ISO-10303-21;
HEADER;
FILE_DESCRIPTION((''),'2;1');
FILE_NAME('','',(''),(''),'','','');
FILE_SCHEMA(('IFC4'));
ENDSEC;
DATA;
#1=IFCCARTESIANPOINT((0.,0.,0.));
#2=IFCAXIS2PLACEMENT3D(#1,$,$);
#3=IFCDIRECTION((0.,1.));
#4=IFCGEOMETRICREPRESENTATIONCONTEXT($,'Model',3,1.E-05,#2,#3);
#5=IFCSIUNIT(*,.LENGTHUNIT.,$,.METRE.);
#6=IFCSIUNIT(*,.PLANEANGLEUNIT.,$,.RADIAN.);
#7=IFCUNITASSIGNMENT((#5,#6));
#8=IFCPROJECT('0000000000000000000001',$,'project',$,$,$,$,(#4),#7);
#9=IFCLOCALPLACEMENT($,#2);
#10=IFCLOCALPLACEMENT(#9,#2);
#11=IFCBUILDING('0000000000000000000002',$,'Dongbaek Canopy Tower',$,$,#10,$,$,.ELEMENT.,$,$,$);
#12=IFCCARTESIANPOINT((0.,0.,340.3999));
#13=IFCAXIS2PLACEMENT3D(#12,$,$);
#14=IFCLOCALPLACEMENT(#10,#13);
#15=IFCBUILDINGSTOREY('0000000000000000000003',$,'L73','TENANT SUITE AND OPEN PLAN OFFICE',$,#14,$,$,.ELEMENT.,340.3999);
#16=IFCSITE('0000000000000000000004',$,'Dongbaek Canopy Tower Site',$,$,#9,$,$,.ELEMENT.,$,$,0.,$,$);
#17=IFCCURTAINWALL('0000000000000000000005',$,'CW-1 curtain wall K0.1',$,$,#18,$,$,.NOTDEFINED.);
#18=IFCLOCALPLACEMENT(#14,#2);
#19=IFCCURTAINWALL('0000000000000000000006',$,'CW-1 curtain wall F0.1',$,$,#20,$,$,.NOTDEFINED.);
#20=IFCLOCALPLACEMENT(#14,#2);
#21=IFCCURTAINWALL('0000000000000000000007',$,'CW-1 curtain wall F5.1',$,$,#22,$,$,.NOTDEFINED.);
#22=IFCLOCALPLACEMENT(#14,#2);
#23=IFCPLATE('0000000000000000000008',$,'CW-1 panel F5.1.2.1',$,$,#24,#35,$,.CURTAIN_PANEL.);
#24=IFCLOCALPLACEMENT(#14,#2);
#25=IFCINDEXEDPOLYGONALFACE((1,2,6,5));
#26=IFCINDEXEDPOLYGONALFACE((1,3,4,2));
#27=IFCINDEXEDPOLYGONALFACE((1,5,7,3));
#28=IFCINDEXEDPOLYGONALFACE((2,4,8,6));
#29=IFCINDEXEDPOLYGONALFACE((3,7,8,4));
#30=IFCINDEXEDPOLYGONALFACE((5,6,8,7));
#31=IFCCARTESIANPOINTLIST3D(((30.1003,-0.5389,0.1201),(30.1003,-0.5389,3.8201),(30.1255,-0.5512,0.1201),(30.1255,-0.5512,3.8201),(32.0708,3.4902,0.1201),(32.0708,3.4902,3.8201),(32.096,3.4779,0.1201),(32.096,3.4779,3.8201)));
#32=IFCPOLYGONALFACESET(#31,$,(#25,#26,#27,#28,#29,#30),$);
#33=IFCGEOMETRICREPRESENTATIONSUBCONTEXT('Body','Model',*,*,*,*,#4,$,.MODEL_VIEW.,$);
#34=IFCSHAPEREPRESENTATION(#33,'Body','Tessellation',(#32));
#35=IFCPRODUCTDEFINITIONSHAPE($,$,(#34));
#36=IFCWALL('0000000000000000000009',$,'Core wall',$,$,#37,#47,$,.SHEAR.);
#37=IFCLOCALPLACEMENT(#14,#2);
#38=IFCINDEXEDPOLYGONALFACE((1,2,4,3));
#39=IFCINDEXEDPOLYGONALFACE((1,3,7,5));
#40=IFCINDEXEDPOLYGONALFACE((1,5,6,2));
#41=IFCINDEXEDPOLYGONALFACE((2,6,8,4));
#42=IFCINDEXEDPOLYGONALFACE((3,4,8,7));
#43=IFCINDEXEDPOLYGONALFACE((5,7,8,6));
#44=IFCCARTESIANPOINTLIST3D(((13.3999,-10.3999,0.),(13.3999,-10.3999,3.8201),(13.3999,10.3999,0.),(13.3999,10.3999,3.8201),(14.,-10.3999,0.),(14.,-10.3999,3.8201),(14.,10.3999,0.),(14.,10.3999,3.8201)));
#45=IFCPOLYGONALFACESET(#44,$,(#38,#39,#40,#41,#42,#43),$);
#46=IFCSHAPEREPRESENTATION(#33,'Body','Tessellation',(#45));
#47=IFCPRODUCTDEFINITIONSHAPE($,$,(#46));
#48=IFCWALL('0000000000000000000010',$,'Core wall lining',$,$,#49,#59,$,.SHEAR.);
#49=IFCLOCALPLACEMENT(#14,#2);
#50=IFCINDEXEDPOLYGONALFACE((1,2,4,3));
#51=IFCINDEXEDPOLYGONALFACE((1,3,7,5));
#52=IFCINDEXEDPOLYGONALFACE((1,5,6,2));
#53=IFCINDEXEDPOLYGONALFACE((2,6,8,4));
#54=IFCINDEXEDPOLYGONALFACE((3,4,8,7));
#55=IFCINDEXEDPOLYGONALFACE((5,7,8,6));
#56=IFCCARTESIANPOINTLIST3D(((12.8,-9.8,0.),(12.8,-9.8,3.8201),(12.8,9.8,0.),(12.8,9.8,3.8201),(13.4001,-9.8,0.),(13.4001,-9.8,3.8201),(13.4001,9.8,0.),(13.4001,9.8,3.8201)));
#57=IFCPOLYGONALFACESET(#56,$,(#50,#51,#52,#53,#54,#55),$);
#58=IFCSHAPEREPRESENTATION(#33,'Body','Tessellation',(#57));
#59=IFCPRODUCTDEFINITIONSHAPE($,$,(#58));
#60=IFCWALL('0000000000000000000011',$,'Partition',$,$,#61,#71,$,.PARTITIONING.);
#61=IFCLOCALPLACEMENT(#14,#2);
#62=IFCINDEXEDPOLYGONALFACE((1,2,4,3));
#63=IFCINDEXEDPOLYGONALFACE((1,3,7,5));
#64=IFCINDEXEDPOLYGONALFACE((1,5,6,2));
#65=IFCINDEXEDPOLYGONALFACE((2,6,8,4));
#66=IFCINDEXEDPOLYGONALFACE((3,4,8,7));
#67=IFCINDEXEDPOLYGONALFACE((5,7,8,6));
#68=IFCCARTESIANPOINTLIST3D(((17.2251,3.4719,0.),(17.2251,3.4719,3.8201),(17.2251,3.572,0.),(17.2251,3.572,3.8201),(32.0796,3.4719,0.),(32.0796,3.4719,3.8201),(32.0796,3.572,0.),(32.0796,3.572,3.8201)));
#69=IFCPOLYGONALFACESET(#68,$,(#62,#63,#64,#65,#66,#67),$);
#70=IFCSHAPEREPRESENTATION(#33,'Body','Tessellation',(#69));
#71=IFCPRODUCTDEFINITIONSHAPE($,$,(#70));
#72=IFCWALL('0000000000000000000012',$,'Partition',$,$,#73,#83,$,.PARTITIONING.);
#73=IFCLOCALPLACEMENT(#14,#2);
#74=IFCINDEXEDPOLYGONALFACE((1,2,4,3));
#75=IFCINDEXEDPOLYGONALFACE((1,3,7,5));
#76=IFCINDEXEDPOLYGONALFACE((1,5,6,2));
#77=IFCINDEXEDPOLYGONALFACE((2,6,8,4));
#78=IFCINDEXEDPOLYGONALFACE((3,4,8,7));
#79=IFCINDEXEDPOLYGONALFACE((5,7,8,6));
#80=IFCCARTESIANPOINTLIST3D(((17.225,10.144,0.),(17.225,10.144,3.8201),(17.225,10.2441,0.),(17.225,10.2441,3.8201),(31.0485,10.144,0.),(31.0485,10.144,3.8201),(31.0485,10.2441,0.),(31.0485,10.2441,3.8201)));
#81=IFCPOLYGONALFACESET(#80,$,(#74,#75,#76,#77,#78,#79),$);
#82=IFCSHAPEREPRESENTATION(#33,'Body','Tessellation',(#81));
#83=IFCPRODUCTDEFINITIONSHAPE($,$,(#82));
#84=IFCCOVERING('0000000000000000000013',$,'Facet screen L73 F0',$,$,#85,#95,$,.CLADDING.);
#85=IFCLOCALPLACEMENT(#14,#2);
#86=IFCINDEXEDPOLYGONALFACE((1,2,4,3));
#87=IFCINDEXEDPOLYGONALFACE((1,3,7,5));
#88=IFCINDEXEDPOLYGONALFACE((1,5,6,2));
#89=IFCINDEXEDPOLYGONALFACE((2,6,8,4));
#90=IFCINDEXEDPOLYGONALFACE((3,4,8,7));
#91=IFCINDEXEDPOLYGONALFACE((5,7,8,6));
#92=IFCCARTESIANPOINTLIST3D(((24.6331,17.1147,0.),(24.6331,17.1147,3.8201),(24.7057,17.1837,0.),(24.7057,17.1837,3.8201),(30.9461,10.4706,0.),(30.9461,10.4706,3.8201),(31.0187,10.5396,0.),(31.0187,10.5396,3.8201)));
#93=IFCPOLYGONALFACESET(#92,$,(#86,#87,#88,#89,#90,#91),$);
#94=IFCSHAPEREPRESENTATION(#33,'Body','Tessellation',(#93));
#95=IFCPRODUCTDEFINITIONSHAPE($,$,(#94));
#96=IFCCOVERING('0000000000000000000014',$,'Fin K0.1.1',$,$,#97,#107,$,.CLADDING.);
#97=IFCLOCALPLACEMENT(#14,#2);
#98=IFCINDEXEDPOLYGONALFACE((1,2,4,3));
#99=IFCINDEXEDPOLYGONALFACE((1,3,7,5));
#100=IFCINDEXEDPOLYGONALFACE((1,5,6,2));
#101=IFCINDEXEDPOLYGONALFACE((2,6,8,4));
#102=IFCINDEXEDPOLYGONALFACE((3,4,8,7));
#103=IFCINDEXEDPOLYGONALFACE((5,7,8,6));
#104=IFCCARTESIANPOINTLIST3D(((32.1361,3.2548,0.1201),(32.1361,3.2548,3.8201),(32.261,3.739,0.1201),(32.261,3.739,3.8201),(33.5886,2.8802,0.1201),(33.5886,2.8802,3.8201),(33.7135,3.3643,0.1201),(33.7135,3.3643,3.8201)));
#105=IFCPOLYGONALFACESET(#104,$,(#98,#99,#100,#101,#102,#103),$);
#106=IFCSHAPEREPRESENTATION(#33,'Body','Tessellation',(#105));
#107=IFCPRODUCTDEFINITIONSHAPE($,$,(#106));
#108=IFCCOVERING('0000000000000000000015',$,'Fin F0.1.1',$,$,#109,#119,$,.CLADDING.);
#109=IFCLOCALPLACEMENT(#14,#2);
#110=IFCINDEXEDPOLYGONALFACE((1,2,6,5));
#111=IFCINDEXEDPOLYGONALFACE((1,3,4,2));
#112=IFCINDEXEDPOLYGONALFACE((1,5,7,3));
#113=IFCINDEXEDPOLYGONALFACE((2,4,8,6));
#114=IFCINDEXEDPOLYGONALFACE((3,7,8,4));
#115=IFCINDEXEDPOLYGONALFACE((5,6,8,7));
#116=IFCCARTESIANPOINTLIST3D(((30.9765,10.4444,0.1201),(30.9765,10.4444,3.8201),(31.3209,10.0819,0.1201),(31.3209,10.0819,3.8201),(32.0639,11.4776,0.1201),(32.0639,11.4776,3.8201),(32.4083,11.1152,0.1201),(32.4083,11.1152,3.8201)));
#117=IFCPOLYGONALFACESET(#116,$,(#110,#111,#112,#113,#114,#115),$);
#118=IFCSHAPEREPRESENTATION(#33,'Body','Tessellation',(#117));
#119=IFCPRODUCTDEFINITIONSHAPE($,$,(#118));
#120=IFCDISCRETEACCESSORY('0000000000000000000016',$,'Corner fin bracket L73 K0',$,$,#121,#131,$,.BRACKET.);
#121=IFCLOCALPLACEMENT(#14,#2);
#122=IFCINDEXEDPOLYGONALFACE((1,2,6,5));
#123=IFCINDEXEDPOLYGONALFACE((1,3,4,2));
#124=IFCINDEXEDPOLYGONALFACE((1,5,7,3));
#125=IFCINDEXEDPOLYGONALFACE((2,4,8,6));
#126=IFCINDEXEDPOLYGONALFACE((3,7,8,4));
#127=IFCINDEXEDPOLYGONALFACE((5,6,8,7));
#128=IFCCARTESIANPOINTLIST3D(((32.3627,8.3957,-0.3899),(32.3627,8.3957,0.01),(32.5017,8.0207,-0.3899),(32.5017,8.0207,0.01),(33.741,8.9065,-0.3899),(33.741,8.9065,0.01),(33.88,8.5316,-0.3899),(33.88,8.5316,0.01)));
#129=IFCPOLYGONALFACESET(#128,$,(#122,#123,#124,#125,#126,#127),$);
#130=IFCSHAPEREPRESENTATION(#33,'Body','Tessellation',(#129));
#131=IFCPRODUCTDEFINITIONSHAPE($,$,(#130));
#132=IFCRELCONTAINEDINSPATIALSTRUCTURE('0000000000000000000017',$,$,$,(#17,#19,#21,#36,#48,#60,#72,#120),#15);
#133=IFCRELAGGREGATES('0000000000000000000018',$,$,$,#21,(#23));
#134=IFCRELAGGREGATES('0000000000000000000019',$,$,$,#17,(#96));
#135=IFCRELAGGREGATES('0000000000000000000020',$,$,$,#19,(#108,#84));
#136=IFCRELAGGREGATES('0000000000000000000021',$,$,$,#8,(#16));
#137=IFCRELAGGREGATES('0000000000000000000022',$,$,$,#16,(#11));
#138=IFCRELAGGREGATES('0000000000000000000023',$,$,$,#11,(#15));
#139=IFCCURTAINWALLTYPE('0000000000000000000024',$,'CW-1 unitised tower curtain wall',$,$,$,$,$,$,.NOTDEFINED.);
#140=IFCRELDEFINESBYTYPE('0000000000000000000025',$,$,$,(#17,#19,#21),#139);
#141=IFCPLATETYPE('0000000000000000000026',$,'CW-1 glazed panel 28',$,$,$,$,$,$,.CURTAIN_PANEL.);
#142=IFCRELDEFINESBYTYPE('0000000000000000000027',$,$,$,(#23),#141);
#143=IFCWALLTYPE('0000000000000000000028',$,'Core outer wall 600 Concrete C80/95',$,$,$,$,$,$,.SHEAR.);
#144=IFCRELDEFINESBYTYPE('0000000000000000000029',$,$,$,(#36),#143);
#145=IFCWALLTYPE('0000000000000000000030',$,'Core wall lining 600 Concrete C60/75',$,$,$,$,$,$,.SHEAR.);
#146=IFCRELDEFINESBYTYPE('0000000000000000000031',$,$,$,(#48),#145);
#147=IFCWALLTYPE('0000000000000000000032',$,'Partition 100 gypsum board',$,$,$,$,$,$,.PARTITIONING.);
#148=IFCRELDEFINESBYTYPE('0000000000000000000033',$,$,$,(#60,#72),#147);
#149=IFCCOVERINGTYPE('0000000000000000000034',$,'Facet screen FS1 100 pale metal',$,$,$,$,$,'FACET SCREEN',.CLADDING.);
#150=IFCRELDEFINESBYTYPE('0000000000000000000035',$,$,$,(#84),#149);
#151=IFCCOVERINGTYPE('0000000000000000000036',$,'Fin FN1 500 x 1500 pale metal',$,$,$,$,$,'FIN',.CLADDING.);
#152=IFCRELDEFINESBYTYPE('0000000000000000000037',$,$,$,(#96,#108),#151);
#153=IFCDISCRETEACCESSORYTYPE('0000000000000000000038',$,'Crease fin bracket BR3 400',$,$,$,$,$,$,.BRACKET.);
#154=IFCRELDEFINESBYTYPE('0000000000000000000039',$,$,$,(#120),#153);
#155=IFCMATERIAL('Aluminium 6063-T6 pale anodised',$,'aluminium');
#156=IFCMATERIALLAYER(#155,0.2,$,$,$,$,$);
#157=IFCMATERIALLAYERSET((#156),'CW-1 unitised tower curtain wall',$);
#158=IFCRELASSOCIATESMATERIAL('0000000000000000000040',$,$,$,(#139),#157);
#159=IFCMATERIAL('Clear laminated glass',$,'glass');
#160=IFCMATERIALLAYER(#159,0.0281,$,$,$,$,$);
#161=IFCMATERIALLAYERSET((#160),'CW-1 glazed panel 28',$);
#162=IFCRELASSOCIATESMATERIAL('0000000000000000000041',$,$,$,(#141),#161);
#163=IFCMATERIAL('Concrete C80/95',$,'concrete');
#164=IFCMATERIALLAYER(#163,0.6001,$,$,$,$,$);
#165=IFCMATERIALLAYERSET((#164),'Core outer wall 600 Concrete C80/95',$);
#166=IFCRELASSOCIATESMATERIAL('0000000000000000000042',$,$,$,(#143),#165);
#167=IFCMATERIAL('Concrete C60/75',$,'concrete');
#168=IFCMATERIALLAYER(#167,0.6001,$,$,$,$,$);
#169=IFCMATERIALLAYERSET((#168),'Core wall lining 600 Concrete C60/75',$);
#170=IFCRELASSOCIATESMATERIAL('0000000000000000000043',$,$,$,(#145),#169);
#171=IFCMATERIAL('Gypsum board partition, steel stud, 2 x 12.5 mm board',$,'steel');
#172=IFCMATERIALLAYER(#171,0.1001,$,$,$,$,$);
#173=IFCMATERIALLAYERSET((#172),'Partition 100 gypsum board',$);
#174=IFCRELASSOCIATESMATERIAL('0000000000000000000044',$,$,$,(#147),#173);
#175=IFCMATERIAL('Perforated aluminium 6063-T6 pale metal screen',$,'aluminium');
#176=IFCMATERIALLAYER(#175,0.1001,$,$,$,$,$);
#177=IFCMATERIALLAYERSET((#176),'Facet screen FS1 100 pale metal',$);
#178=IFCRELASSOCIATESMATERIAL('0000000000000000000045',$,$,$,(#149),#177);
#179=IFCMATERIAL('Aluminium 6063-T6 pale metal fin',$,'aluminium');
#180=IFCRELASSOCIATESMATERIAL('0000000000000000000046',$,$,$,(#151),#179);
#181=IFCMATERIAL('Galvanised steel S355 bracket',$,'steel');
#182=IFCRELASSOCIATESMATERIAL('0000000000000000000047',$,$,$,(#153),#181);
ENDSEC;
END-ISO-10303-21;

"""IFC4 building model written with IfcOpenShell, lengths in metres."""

from ifc_helpers import new_model, si_unit, direction, frame, frame_2d, origin, origin_2d, place, context, subcontext, project, spatial, rectangle, extrude, material, layer, layer_set, material_profile, profile_set, type_object, element, aggregate, save


model = new_model("IFC4")

# Units and contexts
model_context = context("Model", 3, precision=1e-05, world=origin(), true_north=direction((0.0, 1.0)))
body_context = subcontext(model_context, "Body", "Model", "MODEL_VIEW")
ifc_project = project(units=[si_unit("LENGTHUNIT", "METRE"), si_unit("PLANEANGLEUNIT", "RADIAN")], contexts=[model_context])

# Site, building, storey
site_placement = place(None, origin())
site = spatial("IfcSite", under=ifc_project, at=site_placement, Name="Dongbaek Canopy Tower Site", CompositionType="ELEMENT", RefElevation=0.0)
building_placement = place(site_placement, origin())
building = spatial("IfcBuilding", under=site, at=building_placement, Name="Dongbaek Canopy Tower", CompositionType="ELEMENT")
storey_placement = place(building_placement, frame((0.0, 0.0, 340.3999)))
storey = spatial("IfcBuildingStorey", under=building, at=storey_placement, Name="L73", Description="TENANT SUITE AND OPEN PLAN OFFICE", CompositionType="ELEMENT", Elevation=340.3999)

# Curtain walls
ifc_material_1 = material(Name="Aluminium 6063-T6 pale anodised", Category="aluminium")
ifc_layer_1 = layer(ifc_material_1, 0.2)
ifc_layer_set_1 = layer_set([ifc_layer_1], Name="CW-1 unitised tower curtain wall")
curtain_wall_type = type_object("IfcCurtainWallType", Name="CW-1 unitised tower curtain wall", PredefinedType="NOTDEFINED", material=ifc_layer_set_1)
curtain_wall_1_placement = place(storey_placement, origin())
curtain_wall_1 = element("IfcCurtainWall", 1, at=curtain_wall_1_placement, inside=storey, type_object=curtain_wall_type, Name="CW-1 curtain wall K0.1", PredefinedType="NOTDEFINED")
curtain_wall_2_placement = place(storey_placement, origin())
curtain_wall_2 = element("IfcCurtainWall", 2, at=curtain_wall_2_placement, inside=storey, type_object=curtain_wall_type, Name="CW-1 curtain wall F0.1", PredefinedType="NOTDEFINED")

# Shared definitions
ifc_material_2 = material(Name="Clear laminated glass", Category="glass")
ifc_layer_2 = layer(ifc_material_2, 0.0281)
ifc_layer_set_2 = layer_set([ifc_layer_2], Name="CW-1 glazed panel 28")
plate_type = type_object("IfcPlateType", Name="CW-1 glazed panel 28", PredefinedType="CURTAIN_PANEL", material=ifc_layer_set_2)

# Curtain wall, plate
curtain_wall_3_placement = place(storey_placement, origin())
curtain_wall_3 = element("IfcCurtainWall", 3, at=curtain_wall_3_placement, inside=storey, type_object=curtain_wall_type, Name="CW-1 curtain wall F5.1", PredefinedType="NOTDEFINED")
plate_1_placement = place(storey_placement, frame((31.0981, 1.4695, 0.1201), z_axis=(0.0, 0.0, 1.0), x_axis=(0.439337, 0.898322, 0.0)))
plate_1 = element("IfcPlate", 4, at=plate_1_placement, type_object=plate_type, Name="CW-1 panel F5.1.2.1", PredefinedType="CURTAIN_PANEL", context=body_context, shape_type="SweptSolid", body=[
    extrude(rectangle(XDim=4.4851, YDim=0.0281, at=origin_2d()), origin(), (0.0, 0.0, 1.0), 3.7),
])
aggregate(curtain_wall_3, [plate_1])

# Walls
ifc_material_3 = material(Name="Concrete C80/95", Category="concrete")
ifc_layer_3 = layer(ifc_material_3, 0.6001)
ifc_layer_set_3 = layer_set([ifc_layer_3], Name="Core outer wall 600 Concrete C80/95")
wall_type_1 = type_object("IfcWallType", Name="Core outer wall 600 Concrete C80/95", PredefinedType="SHEAR", material=ifc_layer_set_3)
wall_1_placement = place(storey_placement, frame((13.7, 10.3999, 0.0), z_axis=(0.0, 0.0, 1.0), x_axis=(0.0, -1.0, 0.0)))
element("IfcWall", 5, at=wall_1_placement, inside=storey, type_object=wall_type_1, Name="Core wall", PredefinedType="SHEAR", context=body_context, shape_type="SweptSolid", body=[
    extrude(rectangle(XDim=20.7998, YDim=0.6001, at=frame_2d((10.3999, 0.0))), origin(), (0.0, 0.0, 1.0), 3.8201),
])
ifc_material_4 = material(Name="Concrete C60/75", Category="concrete")
ifc_layer_4 = layer(ifc_material_4, 0.6001)
ifc_layer_set_4 = layer_set([ifc_layer_4], Name="Core wall lining 600 Concrete C60/75")
wall_type_2 = type_object("IfcWallType", Name="Core wall lining 600 Concrete C60/75", PredefinedType="SHEAR", material=ifc_layer_set_4)
wall_2_placement = place(storey_placement, frame((13.1001, 9.8, 0.0), z_axis=(0.0, 0.0, 1.0), x_axis=(0.0, -1.0, 0.0)))
element("IfcWall", 6, at=wall_2_placement, inside=storey, type_object=wall_type_2, Name="Core wall lining", PredefinedType="SHEAR", context=body_context, shape_type="SweptSolid", body=[
    extrude(rectangle(XDim=19.6001, YDim=0.6001, at=frame_2d((9.8, 0.0))), origin(), (0.0, 0.0, 1.0), 3.8201),
])
ifc_material_5 = material(Name="Gypsum board partition, steel stud, 2 x 12.5 mm board", Category="steel")
ifc_layer_5 = layer(ifc_material_5, 0.1001)
ifc_layer_set_5 = layer_set([ifc_layer_5], Name="Partition 100 gypsum board")
wall_type_3 = type_object("IfcWallType", Name="Partition 100 gypsum board", PredefinedType="PARTITIONING", material=ifc_layer_set_5)
wall_3_placement = place(storey_placement, frame((17.2251, 3.522, 0.0), z_axis=(0.0, 0.0, 1.0), x_axis=(1.0, 0.0, 0.0)))
element("IfcWall", 7, at=wall_3_placement, inside=storey, type_object=wall_type_3, Name="Partition", PredefinedType="PARTITIONING", context=body_context, shape_type="SweptSolid", body=[
    extrude(rectangle(XDim=14.8545, YDim=0.1001, at=frame_2d((7.4272, 0.0))), origin(), (0.0, 0.0, 1.0), 3.8201),
])
wall_4_placement = place(storey_placement, frame((17.2251, 10.1941, 0.0), z_axis=(0.0, 0.0, 1.0), x_axis=(1.0, 0.0, 0.0)))
element("IfcWall", 8, at=wall_4_placement, inside=storey, type_object=wall_type_3, Name="Partition", PredefinedType="PARTITIONING", context=body_context, shape_type="SweptSolid", body=[
    extrude(rectangle(XDim=13.8235, YDim=0.1001, at=frame_2d((6.9116, 0.0))), origin(), (0.0, 0.0, 1.0), 3.8201),
])

# Coverings
ifc_material_6 = material(Name="Perforated aluminium 6063-T6 pale metal screen", Category="aluminium")
ifc_layer_6 = layer(ifc_material_6, 0.1001)
ifc_layer_set_6 = layer_set([ifc_layer_6], Name="Facet screen FS1 100 pale metal")
covering_type_1 = type_object("IfcCoveringType", Name="Facet screen FS1 100 pale metal", ElementType="FACET SCREEN", PredefinedType="CLADDING", material=ifc_layer_set_6)
covering_1_placement = place(storey_placement, frame((27.8259, 13.8271, 0.0), z_axis=(0.0, 0.0, 1.0), x_axis=(-0.688813, 0.724939, 0.0)))
covering_1 = element("IfcCovering", 9, at=covering_1_placement, type_object=covering_type_1, Name="Facet screen L73 F0", PredefinedType="CLADDING", context=body_context, shape_type="SweptSolid", body=[
    extrude(rectangle(XDim=9.165, YDim=0.1001, at=origin_2d()), origin(), (0.0, 0.0, 1.0), 3.8201),
])
ifc_material_7 = material(Name="Aluminium 6063-T6 pale metal fin", Category="aluminium")
ifc_material_profile_1 = material_profile(ifc_material_7, rectangle(XDim=1.5, YDim=0.5, at=origin_2d()), Name="Fin FN1 500 x 1500 pale metal")
ifc_profile_set_1 = profile_set([ifc_material_profile_1], Name="Aluminium 6063-T6 pale metal fin")
covering_type_2 = type_object("IfcCoveringType", Name="Fin FN1 500 x 1500 pale metal", ElementType="FIN", PredefinedType="CLADDING", material=ifc_profile_set_1)
covering_2_placement = place(storey_placement, frame((32.9248, 3.3096, 0.1201), z_axis=(0.0, 0.0, 1.0), x_axis=(0.968314, -0.249737, 0.0)))
covering_2 = element("IfcCovering", 10, at=covering_2_placement, type_object=covering_type_2, Name="Fin K0.1.1", PredefinedType="CLADDING", context=body_context, shape_type="SweptSolid", body=[
    extrude(rectangle(XDim=1.5, YDim=0.5, at=origin_2d()), origin(), (0.0, 0.0, 1.0), 3.7),
])
aggregate(curtain_wall_1, [covering_2])
covering_3_placement = place(storey_placement, frame((31.6924, 10.7798, 0.1201), z_axis=(0.0, 0.0, 1.0), x_axis=(0.72494, 0.688812, 0.0)))
covering_3 = element("IfcCovering", 11, at=covering_3_placement, type_object=covering_type_2, Name="Fin F0.1.1", PredefinedType="CLADDING", context=body_context, shape_type="SweptSolid", body=[
    extrude(rectangle(XDim=1.5, YDim=0.5, at=origin_2d()), origin(), (0.0, 0.0, 1.0), 3.7),
])
aggregate(curtain_wall_2, [covering_3, covering_1])

# Discrete accessory
ifc_material_8 = material(Name="Galvanised steel S355 bracket", Category="steel")
discrete_accessory_type = type_object("IfcDiscreteAccessoryType", Name="Crease fin bracket BR3 400", PredefinedType="BRACKET", material=ifc_material_8)
discrete_accessory_placement = place(storey_placement, frame((33.1213, 8.4636, -0.3899), z_axis=(0.0, 0.0, 1.0), x_axis=(0.937665, 0.34754, 0.0)))
element("IfcDiscreteAccessory", 12, at=discrete_accessory_placement, inside=storey, type_object=discrete_accessory_type, Name="Corner fin bracket L73 K0", PredefinedType="BRACKET", context=body_context, shape_type="SweptSolid", body=[
    extrude(rectangle(XDim=1.47, YDim=0.3999, at=origin_2d()), origin(), (0.0, 0.0, 1.0), 0.3999),
])

save(model, "model.ifc")
